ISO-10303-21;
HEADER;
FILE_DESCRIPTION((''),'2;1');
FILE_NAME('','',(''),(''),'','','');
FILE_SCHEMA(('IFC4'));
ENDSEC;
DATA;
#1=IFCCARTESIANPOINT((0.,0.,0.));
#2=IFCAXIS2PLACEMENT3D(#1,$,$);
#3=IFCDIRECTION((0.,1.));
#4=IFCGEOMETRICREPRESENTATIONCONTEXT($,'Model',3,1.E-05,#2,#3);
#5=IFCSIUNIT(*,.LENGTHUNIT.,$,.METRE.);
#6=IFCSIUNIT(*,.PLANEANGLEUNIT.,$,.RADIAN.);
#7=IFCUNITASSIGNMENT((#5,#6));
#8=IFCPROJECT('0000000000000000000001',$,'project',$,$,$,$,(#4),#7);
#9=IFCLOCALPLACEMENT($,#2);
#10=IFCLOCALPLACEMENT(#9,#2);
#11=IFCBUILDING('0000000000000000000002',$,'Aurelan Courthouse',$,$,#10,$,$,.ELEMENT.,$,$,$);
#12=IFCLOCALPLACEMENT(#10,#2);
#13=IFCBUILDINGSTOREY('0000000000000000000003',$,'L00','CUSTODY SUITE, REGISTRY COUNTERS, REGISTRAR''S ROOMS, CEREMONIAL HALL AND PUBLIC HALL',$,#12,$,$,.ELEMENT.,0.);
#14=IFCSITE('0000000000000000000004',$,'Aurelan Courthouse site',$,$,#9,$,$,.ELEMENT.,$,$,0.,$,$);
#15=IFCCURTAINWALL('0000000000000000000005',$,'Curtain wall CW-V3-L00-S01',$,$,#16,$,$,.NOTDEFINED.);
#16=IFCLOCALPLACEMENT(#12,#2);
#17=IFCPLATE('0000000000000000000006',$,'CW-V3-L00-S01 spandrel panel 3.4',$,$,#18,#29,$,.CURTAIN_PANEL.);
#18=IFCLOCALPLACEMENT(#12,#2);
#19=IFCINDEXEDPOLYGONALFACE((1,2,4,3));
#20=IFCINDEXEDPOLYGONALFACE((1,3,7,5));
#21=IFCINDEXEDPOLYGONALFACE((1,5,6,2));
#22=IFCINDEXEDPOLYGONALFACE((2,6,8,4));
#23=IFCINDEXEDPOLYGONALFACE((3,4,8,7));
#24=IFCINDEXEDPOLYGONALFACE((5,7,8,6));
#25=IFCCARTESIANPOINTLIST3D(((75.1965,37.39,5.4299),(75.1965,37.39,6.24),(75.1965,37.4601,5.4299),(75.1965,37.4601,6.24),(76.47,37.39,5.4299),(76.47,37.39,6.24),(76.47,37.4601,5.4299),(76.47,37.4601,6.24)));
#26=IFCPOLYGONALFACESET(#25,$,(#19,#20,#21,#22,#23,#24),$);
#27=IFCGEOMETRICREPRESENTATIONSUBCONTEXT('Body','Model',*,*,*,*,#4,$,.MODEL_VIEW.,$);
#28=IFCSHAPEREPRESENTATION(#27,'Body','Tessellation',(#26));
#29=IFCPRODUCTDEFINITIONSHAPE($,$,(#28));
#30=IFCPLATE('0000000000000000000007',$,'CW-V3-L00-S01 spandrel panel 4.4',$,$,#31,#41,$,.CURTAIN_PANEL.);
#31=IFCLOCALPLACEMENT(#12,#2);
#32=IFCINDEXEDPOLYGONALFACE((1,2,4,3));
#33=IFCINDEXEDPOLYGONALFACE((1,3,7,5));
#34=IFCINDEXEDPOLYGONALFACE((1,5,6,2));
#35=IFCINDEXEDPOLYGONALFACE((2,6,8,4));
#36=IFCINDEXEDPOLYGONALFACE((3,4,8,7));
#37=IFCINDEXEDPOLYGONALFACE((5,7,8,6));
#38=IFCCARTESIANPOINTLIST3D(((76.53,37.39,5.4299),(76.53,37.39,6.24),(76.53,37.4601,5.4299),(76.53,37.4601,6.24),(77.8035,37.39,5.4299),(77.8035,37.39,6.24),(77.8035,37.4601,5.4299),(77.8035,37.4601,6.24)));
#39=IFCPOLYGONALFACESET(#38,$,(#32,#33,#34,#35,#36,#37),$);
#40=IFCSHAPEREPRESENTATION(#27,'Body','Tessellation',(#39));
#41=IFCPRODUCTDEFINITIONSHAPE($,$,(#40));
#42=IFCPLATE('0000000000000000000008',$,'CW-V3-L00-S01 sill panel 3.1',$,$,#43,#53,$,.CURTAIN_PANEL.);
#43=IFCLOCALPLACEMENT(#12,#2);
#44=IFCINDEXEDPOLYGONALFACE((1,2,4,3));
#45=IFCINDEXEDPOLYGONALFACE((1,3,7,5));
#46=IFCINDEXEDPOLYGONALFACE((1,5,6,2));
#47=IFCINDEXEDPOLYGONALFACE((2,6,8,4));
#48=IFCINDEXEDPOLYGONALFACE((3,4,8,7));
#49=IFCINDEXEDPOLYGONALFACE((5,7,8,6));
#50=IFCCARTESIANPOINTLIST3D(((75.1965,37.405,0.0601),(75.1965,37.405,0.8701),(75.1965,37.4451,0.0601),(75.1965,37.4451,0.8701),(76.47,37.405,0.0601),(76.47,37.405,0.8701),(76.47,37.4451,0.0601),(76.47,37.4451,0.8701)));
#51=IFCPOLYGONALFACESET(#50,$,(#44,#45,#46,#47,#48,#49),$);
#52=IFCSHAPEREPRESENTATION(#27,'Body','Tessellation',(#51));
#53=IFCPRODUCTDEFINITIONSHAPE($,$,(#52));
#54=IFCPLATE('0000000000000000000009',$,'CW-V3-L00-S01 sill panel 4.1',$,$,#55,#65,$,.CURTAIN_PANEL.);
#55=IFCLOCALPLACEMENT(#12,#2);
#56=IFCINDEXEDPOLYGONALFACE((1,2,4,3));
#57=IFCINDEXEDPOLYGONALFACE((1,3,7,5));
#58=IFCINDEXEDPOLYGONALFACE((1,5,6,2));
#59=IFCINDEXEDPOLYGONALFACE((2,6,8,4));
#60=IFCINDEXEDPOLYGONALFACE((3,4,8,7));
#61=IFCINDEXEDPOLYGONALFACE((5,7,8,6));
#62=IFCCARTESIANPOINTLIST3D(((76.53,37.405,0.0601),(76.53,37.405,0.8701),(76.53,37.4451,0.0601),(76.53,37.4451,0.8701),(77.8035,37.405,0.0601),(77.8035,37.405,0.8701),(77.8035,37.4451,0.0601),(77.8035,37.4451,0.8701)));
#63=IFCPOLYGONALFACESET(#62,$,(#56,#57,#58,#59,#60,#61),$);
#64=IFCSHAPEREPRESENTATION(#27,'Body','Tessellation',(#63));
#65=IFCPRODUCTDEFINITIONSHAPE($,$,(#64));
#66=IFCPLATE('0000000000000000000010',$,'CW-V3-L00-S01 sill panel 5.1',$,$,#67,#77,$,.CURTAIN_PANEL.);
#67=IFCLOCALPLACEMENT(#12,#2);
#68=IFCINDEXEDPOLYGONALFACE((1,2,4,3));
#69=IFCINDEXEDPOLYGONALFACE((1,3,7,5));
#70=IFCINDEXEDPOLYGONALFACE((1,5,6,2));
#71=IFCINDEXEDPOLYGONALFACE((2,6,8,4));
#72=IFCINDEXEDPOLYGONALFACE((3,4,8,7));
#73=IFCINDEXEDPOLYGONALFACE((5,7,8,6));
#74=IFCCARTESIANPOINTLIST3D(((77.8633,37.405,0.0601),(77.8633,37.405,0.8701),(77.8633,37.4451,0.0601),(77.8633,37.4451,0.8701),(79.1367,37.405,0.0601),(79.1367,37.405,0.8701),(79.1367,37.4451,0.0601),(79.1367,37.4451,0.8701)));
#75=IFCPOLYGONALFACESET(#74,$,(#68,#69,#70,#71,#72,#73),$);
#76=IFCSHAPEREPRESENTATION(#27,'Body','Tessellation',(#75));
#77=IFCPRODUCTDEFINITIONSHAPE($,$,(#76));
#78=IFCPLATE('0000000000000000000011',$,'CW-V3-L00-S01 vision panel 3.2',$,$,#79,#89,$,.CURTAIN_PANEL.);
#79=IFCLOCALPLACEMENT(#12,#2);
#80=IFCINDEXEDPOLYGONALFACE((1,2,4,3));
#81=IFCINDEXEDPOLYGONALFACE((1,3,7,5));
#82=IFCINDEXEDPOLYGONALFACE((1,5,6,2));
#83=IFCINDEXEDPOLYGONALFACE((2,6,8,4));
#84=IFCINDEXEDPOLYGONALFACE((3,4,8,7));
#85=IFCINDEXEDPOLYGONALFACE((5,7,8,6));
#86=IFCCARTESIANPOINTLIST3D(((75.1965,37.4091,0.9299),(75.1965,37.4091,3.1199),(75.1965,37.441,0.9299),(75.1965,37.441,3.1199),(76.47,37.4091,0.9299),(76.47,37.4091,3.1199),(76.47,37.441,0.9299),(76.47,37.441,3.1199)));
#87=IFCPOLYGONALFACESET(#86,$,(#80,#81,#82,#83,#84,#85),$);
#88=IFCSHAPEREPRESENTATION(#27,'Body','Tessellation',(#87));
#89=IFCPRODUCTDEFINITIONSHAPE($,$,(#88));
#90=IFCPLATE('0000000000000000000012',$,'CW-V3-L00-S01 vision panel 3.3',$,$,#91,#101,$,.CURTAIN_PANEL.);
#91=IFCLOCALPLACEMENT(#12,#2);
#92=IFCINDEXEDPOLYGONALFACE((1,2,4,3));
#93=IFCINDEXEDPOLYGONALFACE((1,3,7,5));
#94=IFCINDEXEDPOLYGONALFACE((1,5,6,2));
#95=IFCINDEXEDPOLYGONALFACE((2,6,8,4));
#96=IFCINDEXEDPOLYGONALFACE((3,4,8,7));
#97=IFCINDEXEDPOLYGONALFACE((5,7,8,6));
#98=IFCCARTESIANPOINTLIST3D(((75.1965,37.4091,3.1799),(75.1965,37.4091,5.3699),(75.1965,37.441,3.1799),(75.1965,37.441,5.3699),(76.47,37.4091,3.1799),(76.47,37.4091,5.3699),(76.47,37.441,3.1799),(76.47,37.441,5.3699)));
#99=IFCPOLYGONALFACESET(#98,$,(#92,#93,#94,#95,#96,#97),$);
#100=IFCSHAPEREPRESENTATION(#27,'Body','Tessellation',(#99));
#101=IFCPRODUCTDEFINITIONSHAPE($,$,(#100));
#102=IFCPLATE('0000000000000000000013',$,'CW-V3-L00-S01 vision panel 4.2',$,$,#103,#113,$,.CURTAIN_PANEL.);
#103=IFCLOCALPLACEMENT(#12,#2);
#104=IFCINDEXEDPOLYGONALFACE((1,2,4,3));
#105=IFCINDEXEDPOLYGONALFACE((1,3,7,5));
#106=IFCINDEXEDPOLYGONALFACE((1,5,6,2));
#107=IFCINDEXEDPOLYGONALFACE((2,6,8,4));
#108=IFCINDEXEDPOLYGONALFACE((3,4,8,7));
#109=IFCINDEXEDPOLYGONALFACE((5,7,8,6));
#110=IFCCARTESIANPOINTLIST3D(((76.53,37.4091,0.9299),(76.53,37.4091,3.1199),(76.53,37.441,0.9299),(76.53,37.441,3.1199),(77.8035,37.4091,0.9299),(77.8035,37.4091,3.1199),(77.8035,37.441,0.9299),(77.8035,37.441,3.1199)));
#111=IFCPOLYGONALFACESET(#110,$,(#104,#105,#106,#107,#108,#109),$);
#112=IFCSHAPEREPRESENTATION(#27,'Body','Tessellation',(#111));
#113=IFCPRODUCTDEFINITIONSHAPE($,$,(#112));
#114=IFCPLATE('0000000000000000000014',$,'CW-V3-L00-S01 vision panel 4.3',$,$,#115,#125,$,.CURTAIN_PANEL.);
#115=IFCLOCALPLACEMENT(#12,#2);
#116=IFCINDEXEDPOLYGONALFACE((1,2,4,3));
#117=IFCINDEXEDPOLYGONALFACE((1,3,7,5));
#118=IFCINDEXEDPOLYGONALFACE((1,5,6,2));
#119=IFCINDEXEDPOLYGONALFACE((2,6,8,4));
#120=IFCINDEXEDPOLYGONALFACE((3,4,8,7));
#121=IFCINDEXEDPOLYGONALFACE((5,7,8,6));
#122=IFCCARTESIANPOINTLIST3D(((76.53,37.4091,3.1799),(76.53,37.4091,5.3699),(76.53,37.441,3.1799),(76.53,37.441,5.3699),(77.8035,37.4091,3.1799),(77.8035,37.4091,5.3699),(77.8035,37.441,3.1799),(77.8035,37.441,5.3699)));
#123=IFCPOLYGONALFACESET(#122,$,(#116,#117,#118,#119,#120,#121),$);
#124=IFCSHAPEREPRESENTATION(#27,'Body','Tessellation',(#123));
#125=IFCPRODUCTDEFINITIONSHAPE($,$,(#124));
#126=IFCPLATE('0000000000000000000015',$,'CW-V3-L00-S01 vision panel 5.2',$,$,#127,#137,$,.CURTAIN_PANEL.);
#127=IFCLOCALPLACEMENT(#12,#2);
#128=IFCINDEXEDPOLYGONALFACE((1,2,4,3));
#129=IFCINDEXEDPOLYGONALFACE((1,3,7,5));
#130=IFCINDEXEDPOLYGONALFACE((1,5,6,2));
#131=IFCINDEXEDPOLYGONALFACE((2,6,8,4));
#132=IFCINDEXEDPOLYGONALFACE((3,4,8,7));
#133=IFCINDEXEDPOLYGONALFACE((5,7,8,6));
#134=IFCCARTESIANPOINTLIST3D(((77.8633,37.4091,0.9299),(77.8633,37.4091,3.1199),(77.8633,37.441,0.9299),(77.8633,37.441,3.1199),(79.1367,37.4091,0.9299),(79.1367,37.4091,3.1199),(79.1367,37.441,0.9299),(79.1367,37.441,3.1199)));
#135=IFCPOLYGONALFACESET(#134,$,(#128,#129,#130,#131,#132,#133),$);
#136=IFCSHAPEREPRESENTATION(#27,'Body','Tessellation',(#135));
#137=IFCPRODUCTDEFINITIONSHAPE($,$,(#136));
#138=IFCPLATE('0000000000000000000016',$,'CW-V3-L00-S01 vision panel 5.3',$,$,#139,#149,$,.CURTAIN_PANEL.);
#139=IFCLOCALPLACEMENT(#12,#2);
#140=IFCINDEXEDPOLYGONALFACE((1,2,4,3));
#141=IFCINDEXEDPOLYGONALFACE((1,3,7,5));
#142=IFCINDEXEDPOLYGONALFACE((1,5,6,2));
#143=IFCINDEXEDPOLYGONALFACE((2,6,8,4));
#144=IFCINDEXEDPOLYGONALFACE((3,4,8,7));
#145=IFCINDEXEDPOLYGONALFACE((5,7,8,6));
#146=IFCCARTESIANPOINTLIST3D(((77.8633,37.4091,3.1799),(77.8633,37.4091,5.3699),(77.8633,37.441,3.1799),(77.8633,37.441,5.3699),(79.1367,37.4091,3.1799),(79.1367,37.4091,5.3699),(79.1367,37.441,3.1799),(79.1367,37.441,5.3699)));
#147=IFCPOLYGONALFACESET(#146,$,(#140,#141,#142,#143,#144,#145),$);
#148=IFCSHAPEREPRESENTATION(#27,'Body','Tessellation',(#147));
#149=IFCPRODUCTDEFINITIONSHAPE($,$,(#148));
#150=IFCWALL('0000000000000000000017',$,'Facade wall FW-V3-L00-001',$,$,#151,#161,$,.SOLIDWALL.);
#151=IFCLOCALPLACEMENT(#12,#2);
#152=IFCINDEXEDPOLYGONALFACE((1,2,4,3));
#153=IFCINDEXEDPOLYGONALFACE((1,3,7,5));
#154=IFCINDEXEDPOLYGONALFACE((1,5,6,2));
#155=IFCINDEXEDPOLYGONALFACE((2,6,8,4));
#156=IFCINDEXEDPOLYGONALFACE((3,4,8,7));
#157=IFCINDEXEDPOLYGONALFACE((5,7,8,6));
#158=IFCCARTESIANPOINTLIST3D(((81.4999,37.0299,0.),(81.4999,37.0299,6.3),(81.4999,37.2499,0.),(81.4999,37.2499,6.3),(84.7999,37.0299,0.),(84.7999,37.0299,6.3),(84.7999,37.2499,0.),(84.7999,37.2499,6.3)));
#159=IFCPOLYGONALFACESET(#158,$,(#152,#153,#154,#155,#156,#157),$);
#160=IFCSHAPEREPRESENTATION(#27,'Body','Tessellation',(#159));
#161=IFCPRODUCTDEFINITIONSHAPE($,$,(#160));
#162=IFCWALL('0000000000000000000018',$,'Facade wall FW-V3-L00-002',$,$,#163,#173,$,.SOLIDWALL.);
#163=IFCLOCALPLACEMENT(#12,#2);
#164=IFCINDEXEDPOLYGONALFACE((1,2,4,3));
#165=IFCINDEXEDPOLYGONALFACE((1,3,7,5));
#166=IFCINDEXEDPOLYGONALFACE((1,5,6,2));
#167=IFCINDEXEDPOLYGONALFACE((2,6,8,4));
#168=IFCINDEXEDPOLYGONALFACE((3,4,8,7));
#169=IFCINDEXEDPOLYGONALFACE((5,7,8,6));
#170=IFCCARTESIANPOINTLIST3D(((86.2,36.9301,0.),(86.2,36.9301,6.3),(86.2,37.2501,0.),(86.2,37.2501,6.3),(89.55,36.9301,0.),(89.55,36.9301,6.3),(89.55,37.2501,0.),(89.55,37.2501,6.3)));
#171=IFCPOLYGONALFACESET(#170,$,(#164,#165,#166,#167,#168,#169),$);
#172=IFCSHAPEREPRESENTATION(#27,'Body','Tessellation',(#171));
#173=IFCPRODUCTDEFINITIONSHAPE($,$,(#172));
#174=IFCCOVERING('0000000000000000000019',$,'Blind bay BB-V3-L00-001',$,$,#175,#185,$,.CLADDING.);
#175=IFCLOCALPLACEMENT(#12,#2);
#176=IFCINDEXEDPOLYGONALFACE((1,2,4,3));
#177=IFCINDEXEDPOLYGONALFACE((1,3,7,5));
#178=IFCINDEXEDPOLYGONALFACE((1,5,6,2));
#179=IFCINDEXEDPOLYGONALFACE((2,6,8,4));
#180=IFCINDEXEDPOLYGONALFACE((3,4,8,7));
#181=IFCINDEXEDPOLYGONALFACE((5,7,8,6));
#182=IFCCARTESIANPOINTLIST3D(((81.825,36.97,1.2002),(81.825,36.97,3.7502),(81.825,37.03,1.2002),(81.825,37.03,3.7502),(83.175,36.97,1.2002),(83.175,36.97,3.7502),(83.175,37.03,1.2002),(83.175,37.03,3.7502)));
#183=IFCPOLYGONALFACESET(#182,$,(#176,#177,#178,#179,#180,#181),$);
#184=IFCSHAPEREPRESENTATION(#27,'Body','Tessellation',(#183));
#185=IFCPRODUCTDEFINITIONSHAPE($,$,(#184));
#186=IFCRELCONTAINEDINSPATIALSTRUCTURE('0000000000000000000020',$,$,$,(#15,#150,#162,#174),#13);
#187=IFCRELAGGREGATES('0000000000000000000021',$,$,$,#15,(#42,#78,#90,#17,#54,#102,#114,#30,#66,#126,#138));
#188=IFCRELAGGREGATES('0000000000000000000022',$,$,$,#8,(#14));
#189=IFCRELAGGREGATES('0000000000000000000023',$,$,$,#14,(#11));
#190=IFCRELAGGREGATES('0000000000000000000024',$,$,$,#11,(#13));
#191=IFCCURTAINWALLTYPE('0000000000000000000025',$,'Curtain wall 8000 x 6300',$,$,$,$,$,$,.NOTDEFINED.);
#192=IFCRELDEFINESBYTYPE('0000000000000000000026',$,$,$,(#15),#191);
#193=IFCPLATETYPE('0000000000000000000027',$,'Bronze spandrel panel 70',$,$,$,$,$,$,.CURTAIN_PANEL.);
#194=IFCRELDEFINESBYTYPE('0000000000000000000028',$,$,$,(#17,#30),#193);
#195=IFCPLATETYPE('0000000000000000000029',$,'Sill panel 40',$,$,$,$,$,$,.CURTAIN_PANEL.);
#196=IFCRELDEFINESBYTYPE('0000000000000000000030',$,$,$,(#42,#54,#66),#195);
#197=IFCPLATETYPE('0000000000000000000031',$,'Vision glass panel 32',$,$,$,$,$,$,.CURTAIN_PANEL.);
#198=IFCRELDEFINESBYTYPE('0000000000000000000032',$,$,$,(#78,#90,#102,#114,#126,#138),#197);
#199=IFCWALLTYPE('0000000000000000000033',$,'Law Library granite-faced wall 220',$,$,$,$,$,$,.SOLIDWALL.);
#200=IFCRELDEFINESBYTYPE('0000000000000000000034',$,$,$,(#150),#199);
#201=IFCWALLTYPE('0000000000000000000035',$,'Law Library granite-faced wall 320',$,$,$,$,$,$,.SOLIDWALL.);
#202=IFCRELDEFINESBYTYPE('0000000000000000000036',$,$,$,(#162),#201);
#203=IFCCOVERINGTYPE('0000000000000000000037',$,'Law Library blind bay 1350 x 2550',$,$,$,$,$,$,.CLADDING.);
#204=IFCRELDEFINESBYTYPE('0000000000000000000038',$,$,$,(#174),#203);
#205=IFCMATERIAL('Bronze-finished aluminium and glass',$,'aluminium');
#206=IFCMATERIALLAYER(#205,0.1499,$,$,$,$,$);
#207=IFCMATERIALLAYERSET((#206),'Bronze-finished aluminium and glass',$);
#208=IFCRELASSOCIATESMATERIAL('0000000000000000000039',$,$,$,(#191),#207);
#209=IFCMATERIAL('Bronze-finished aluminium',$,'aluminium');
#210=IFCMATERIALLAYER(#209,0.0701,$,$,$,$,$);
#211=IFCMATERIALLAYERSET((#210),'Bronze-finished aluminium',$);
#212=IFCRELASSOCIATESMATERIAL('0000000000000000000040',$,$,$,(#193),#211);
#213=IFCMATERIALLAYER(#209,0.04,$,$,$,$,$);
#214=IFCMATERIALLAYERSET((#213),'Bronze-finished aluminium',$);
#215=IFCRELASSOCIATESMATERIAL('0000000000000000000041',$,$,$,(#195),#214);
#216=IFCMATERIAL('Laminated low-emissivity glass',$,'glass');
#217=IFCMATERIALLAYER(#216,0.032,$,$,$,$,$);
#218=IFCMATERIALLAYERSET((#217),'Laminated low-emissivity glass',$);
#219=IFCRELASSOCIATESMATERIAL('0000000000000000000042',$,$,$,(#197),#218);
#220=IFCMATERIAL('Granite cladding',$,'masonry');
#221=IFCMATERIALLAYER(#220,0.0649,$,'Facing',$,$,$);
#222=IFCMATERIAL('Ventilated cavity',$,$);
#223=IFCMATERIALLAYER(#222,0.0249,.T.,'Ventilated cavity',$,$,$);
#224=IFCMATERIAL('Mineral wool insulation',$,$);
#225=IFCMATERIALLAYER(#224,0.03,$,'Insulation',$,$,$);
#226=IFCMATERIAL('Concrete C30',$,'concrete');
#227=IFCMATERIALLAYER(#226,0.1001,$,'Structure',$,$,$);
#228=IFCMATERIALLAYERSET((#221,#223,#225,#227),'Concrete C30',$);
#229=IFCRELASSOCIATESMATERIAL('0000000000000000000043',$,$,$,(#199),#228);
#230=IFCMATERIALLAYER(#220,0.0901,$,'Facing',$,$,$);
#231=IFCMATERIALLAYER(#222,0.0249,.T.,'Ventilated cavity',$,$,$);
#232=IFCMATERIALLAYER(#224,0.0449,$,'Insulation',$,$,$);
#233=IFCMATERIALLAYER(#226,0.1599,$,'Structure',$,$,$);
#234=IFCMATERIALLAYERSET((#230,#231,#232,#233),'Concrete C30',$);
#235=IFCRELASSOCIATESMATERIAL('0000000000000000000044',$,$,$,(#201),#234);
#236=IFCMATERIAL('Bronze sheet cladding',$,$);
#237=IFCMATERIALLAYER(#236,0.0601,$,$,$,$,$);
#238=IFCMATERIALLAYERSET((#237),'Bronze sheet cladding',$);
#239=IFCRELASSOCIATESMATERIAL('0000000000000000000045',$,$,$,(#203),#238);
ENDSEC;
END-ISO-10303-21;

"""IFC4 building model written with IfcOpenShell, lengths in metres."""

from ifc_helpers import new_model, si_unit, direction, frame, frame_2d, origin, origin_2d, place, context, subcontext, project, spatial, rectangle, extrude, material, layer, layer_set, type_object, element, aggregate, save


model = new_model("IFC4")

# Units and contexts
model_context = context("Model", 3, precision=1e-05, world=origin(), true_north=direction((0.0, 1.0)))
body_context = subcontext(model_context, "Body", "Model", "MODEL_VIEW")
ifc_project = project(units=[si_unit("LENGTHUNIT", "METRE"), si_unit("PLANEANGLEUNIT", "RADIAN")], contexts=[model_context])

# Site, building, storey
site_placement = place(None, origin())
site = spatial("IfcSite", under=ifc_project, at=site_placement, Name="Aurelan Courthouse site", CompositionType="ELEMENT", RefElevation=0.0)
building_placement = place(site_placement, origin())
building = spatial("IfcBuilding", under=site, at=building_placement, Name="Aurelan Courthouse", CompositionType="ELEMENT")
storey_placement = place(building_placement, origin())
storey = spatial("IfcBuildingStorey", under=building, at=storey_placement, Name="L00", Description="CUSTODY SUITE, REGISTRY COUNTERS, REGISTRAR'S ROOMS, CEREMONIAL HALL AND PUBLIC HALL", CompositionType="ELEMENT", Elevation=0.0)

# Curtain wall, plates
ifc_material_1 = material(Name="Bronze-finished aluminium and glass", Category="aluminium")
ifc_layer_1 = layer(ifc_material_1, 0.1499)
ifc_layer_set_1 = layer_set([ifc_layer_1], Name="Bronze-finished aluminium and glass")
curtain_wall_type = type_object("IfcCurtainWallType", Name="Curtain wall 8000 x 6300", PredefinedType="NOTDEFINED", material=ifc_layer_set_1)
curtain_wall_placement = place(storey_placement, origin())
curtain_wall = element("IfcCurtainWall", 1, at=curtain_wall_placement, inside=storey, type_object=curtain_wall_type, Name="Curtain wall CW-V3-L00-S01", PredefinedType="NOTDEFINED")
ifc_material_2 = material(Name="Bronze-finished aluminium", Category="aluminium")
ifc_layer_2 = layer(ifc_material_2, 0.0701)
ifc_layer_set_2 = layer_set([ifc_layer_2], Name="Bronze-finished aluminium")
plate_type_1 = type_object("IfcPlateType", Name="Bronze spandrel panel 70", PredefinedType="CURTAIN_PANEL", material=ifc_layer_set_2)
plate_1_placement = place(storey_placement, frame((75.8333, 37.425, 5.4299), z_axis=(0.0, 0.0, 1.0), x_axis=(1.0, 0.0, 0.0)))
plate_1 = element("IfcPlate", 2, at=plate_1_placement, type_object=plate_type_1, Name="CW-V3-L00-S01 spandrel panel 3.4", PredefinedType="CURTAIN_PANEL", context=body_context, shape_type="SweptSolid", body=[
    extrude(rectangle(XDim=1.2734, YDim=0.0701, at=origin_2d()), origin(), (0.0, 0.0, 1.0), 0.8101),
])
plate_2_placement = place(storey_placement, frame((77.1667, 37.425, 5.4299), z_axis=(0.0, 0.0, 1.0), x_axis=(1.0, 0.0, 0.0)))
plate_2 = element("IfcPlate", 3, at=plate_2_placement, type_object=plate_type_1, Name="CW-V3-L00-S01 spandrel panel 4.4", PredefinedType="CURTAIN_PANEL", context=body_context, shape_type="SweptSolid", body=[
    extrude(rectangle(XDim=1.2734, YDim=0.0701, at=origin_2d()), origin(), (0.0, 0.0, 1.0), 0.8101),
])
ifc_layer_3 = layer(ifc_material_2, 0.04)
ifc_layer_set_3 = layer_set([ifc_layer_3], Name="Bronze-finished aluminium")
plate_type_2 = type_object("IfcPlateType", Name="Sill panel 40", PredefinedType="CURTAIN_PANEL", material=ifc_layer_set_3)
plate_3_placement = place(storey_placement, frame((75.8333, 37.425, 0.0601), z_axis=(0.0, 0.0, 1.0), x_axis=(1.0, 0.0, 0.0)))
plate_3 = element("IfcPlate", 4, at=plate_3_placement, type_object=plate_type_2, Name="CW-V3-L00-S01 sill panel 3.1", PredefinedType="CURTAIN_PANEL", context=body_context, shape_type="SweptSolid", body=[
    extrude(rectangle(XDim=1.2734, YDim=0.04, at=origin_2d()), origin(), (0.0, 0.0, 1.0), 0.8101),
])
plate_4_placement = place(storey_placement, frame((77.1667, 37.425, 0.0601), z_axis=(0.0, 0.0, 1.0), x_axis=(1.0, 0.0, 0.0)))
plate_4 = element("IfcPlate", 5, at=plate_4_placement, type_object=plate_type_2, Name="CW-V3-L00-S01 sill panel 4.1", PredefinedType="CURTAIN_PANEL", context=body_context, shape_type="SweptSolid", body=[
    extrude(rectangle(XDim=1.2734, YDim=0.04, at=origin_2d()), origin(), (0.0, 0.0, 1.0), 0.8101),
])
plate_5_placement = place(storey_placement, frame((78.5, 37.425, 0.0601), z_axis=(0.0, 0.0, 1.0), x_axis=(1.0, 0.0, 0.0)))
plate_5 = element("IfcPlate", 6, at=plate_5_placement, type_object=plate_type_2, Name="CW-V3-L00-S01 sill panel 5.1", PredefinedType="CURTAIN_PANEL", context=body_context, shape_type="SweptSolid", body=[
    extrude(rectangle(XDim=1.2734, YDim=0.04, at=origin_2d()), origin(), (0.0, 0.0, 1.0), 0.8101),
])
ifc_material_3 = material(Name="Laminated low-emissivity glass", Category="glass")
ifc_layer_4 = layer(ifc_material_3, 0.032)
ifc_layer_set_4 = layer_set([ifc_layer_4], Name="Laminated low-emissivity glass")
plate_type_3 = type_object("IfcPlateType", Name="Vision glass panel 32", PredefinedType="CURTAIN_PANEL", material=ifc_layer_set_4)
plate_6_placement = place(storey_placement, frame((75.8333, 37.425, 0.9299), z_axis=(0.0, 0.0, 1.0), x_axis=(1.0, 0.0, 0.0)))
plate_6 = element("IfcPlate", 7, at=plate_6_placement, type_object=plate_type_3, Name="CW-V3-L00-S01 vision panel 3.2", PredefinedType="CURTAIN_PANEL", context=body_context, shape_type="SweptSolid", body=[
    extrude(rectangle(XDim=1.2734, YDim=0.032, at=origin_2d()), origin(), (0.0, 0.0, 1.0), 2.1899),
])
plate_7_placement = place(storey_placement, frame((75.8333, 37.425, 3.1799), z_axis=(0.0, 0.0, 1.0), x_axis=(1.0, 0.0, 0.0)))
plate_7 = element("IfcPlate", 8, at=plate_7_placement, type_object=plate_type_3, Name="CW-V3-L00-S01 vision panel 3.3", PredefinedType="CURTAIN_PANEL", context=body_context, shape_type="SweptSolid", body=[
    extrude(rectangle(XDim=1.2734, YDim=0.032, at=origin_2d()), origin(), (0.0, 0.0, 1.0), 2.1899),
])
plate_8_placement = place(storey_placement, frame((77.1667, 37.425, 0.9299), z_axis=(0.0, 0.0, 1.0), x_axis=(1.0, 0.0, 0.0)))
plate_8 = element("IfcPlate", 9, at=plate_8_placement, type_object=plate_type_3, Name="CW-V3-L00-S01 vision panel 4.2", PredefinedType="CURTAIN_PANEL", context=body_context, shape_type="SweptSolid", body=[
    extrude(rectangle(XDim=1.2734, YDim=0.032, at=origin_2d()), origin(), (0.0, 0.0, 1.0), 2.1899),
])
plate_9_placement = place(storey_placement, frame((77.1667, 37.425, 3.1799), z_axis=(0.0, 0.0, 1.0), x_axis=(1.0, 0.0, 0.0)))
plate_9 = element("IfcPlate", 10, at=plate_9_placement, type_object=plate_type_3, Name="CW-V3-L00-S01 vision panel 4.3", PredefinedType="CURTAIN_PANEL", context=body_context, shape_type="SweptSolid", body=[
    extrude(rectangle(XDim=1.2734, YDim=0.032, at=origin_2d()), origin(), (0.0, 0.0, 1.0), 2.1899),
])
plate_10_placement = place(storey_placement, frame((78.5, 37.425, 0.9299), z_axis=(0.0, 0.0, 1.0), x_axis=(1.0, 0.0, 0.0)))
plate_10 = element("IfcPlate", 11, at=plate_10_placement, type_object=plate_type_3, Name="CW-V3-L00-S01 vision panel 5.2", PredefinedType="CURTAIN_PANEL", context=body_context, shape_type="SweptSolid", body=[
    extrude(rectangle(XDim=1.2734, YDim=0.032, at=origin_2d()), origin(), (0.0, 0.0, 1.0), 2.1899),
])
plate_11_placement = place(storey_placement, frame((78.5, 37.425, 3.1799), z_axis=(0.0, 0.0, 1.0), x_axis=(1.0, 0.0, 0.0)))
plate_11 = element("IfcPlate", 12, at=plate_11_placement, type_object=plate_type_3, Name="CW-V3-L00-S01 vision panel 5.3", PredefinedType="CURTAIN_PANEL", context=body_context, shape_type="SweptSolid", body=[
    extrude(rectangle(XDim=1.2734, YDim=0.032, at=origin_2d()), origin(), (0.0, 0.0, 1.0), 2.1899),
])
aggregate(curtain_wall, [plate_3, plate_6, plate_7, plate_1, plate_4, plate_8, plate_9, plate_2, plate_5, plate_10, plate_11])

# Walls
ifc_material_4 = material(Name="Granite cladding", Category="masonry")
ifc_layer_5 = layer(ifc_material_4, 0.0649, Name="Facing")
ifc_material_5 = material(Name="Ventilated cavity")
ifc_layer_6 = layer(ifc_material_5, 0.0249, ventilated=True, Name="Ventilated cavity")
ifc_material_6 = material(Name="Mineral wool insulation")
ifc_layer_7 = layer(ifc_material_6, 0.03, Name="Insulation")
ifc_material_7 = material(Name="Concrete C30", Category="concrete")
ifc_layer_8 = layer(ifc_material_7, 0.1001, Name="Structure")
ifc_layer_set_5 = layer_set([ifc_layer_5, ifc_layer_6, ifc_layer_7, ifc_layer_8], Name="Concrete C30")
wall_type_1 = type_object("IfcWallType", Name="Law Library granite-faced wall 220", PredefinedType="SOLIDWALL", material=ifc_layer_set_5)
wall_1_placement = place(storey_placement, frame((81.5, 37.1399, 0.0), z_axis=(0.0, 0.0, 1.0), x_axis=(1.0, 0.0, 0.0)))
element("IfcWall", 13, at=wall_1_placement, inside=storey, type_object=wall_type_1, Name="Facade wall FW-V3-L00-001", PredefinedType="SOLIDWALL", context=body_context, shape_type="SweptSolid", body=[
    extrude(rectangle(XDim=3.3, YDim=0.22, at=frame_2d((1.6499, 0.0))), origin(), (0.0, 0.0, 1.0), 6.3),
])
ifc_layer_9 = layer(ifc_material_4, 0.0901, Name="Facing")
ifc_layer_10 = layer(ifc_material_5, 0.0249, ventilated=True, Name="Ventilated cavity")
ifc_layer_11 = layer(ifc_material_6, 0.0449, Name="Insulation")
ifc_layer_12 = layer(ifc_material_7, 0.1599, Name="Structure")
ifc_layer_set_6 = layer_set([ifc_layer_9, ifc_layer_10, ifc_layer_11, ifc_layer_12], Name="Concrete C30")
wall_type_2 = type_object("IfcWallType", Name="Law Library granite-faced wall 320", PredefinedType="SOLIDWALL", material=ifc_layer_set_6)
wall_2_placement = place(storey_placement, frame((86.2, 37.0901, 0.0), z_axis=(0.0, 0.0, 1.0), x_axis=(1.0, 0.0, 0.0)))
element("IfcWall", 14, at=wall_2_placement, inside=storey, type_object=wall_type_2, Name="Facade wall FW-V3-L00-002", PredefinedType="SOLIDWALL", context=body_context, shape_type="SweptSolid", body=[
    extrude(rectangle(XDim=3.3501, YDim=0.3201, at=frame_2d((1.675, 0.0))), origin(), (0.0, 0.0, 1.0), 6.3),
])

# Covering
ifc_material_8 = material(Name="Bronze sheet cladding")
ifc_layer_13 = layer(ifc_material_8, 0.0601)
ifc_layer_set_7 = layer_set([ifc_layer_13], Name="Bronze sheet cladding")
covering_type_1 = type_object("IfcCoveringType", Name="Law Library blind bay 1350 x 2550", PredefinedType="CLADDING", material=ifc_layer_set_7)
for number, where, z_axis, x_axis, name in (
    (15, (82.5, 37.0, 1.2002), (0.0, 0.0, 1.0), (1.0, 0.0, 0.0), "Blind bay BB-V3-L00-001"),
):
    element("IfcCovering", number, at=place(storey_placement, frame(where, z_axis=z_axis, x_axis=x_axis)), inside=storey, type_object=covering_type_1, Name=name, PredefinedType="CLADDING", context=body_context, shape_type="SweptSolid", body=[
        extrude(rectangle(XDim=1.3501, YDim=0.0601, at=origin_2d()), origin(), (0.0, 0.0, 1.0), 2.55),
    ])

save(model, "model.ifc")
